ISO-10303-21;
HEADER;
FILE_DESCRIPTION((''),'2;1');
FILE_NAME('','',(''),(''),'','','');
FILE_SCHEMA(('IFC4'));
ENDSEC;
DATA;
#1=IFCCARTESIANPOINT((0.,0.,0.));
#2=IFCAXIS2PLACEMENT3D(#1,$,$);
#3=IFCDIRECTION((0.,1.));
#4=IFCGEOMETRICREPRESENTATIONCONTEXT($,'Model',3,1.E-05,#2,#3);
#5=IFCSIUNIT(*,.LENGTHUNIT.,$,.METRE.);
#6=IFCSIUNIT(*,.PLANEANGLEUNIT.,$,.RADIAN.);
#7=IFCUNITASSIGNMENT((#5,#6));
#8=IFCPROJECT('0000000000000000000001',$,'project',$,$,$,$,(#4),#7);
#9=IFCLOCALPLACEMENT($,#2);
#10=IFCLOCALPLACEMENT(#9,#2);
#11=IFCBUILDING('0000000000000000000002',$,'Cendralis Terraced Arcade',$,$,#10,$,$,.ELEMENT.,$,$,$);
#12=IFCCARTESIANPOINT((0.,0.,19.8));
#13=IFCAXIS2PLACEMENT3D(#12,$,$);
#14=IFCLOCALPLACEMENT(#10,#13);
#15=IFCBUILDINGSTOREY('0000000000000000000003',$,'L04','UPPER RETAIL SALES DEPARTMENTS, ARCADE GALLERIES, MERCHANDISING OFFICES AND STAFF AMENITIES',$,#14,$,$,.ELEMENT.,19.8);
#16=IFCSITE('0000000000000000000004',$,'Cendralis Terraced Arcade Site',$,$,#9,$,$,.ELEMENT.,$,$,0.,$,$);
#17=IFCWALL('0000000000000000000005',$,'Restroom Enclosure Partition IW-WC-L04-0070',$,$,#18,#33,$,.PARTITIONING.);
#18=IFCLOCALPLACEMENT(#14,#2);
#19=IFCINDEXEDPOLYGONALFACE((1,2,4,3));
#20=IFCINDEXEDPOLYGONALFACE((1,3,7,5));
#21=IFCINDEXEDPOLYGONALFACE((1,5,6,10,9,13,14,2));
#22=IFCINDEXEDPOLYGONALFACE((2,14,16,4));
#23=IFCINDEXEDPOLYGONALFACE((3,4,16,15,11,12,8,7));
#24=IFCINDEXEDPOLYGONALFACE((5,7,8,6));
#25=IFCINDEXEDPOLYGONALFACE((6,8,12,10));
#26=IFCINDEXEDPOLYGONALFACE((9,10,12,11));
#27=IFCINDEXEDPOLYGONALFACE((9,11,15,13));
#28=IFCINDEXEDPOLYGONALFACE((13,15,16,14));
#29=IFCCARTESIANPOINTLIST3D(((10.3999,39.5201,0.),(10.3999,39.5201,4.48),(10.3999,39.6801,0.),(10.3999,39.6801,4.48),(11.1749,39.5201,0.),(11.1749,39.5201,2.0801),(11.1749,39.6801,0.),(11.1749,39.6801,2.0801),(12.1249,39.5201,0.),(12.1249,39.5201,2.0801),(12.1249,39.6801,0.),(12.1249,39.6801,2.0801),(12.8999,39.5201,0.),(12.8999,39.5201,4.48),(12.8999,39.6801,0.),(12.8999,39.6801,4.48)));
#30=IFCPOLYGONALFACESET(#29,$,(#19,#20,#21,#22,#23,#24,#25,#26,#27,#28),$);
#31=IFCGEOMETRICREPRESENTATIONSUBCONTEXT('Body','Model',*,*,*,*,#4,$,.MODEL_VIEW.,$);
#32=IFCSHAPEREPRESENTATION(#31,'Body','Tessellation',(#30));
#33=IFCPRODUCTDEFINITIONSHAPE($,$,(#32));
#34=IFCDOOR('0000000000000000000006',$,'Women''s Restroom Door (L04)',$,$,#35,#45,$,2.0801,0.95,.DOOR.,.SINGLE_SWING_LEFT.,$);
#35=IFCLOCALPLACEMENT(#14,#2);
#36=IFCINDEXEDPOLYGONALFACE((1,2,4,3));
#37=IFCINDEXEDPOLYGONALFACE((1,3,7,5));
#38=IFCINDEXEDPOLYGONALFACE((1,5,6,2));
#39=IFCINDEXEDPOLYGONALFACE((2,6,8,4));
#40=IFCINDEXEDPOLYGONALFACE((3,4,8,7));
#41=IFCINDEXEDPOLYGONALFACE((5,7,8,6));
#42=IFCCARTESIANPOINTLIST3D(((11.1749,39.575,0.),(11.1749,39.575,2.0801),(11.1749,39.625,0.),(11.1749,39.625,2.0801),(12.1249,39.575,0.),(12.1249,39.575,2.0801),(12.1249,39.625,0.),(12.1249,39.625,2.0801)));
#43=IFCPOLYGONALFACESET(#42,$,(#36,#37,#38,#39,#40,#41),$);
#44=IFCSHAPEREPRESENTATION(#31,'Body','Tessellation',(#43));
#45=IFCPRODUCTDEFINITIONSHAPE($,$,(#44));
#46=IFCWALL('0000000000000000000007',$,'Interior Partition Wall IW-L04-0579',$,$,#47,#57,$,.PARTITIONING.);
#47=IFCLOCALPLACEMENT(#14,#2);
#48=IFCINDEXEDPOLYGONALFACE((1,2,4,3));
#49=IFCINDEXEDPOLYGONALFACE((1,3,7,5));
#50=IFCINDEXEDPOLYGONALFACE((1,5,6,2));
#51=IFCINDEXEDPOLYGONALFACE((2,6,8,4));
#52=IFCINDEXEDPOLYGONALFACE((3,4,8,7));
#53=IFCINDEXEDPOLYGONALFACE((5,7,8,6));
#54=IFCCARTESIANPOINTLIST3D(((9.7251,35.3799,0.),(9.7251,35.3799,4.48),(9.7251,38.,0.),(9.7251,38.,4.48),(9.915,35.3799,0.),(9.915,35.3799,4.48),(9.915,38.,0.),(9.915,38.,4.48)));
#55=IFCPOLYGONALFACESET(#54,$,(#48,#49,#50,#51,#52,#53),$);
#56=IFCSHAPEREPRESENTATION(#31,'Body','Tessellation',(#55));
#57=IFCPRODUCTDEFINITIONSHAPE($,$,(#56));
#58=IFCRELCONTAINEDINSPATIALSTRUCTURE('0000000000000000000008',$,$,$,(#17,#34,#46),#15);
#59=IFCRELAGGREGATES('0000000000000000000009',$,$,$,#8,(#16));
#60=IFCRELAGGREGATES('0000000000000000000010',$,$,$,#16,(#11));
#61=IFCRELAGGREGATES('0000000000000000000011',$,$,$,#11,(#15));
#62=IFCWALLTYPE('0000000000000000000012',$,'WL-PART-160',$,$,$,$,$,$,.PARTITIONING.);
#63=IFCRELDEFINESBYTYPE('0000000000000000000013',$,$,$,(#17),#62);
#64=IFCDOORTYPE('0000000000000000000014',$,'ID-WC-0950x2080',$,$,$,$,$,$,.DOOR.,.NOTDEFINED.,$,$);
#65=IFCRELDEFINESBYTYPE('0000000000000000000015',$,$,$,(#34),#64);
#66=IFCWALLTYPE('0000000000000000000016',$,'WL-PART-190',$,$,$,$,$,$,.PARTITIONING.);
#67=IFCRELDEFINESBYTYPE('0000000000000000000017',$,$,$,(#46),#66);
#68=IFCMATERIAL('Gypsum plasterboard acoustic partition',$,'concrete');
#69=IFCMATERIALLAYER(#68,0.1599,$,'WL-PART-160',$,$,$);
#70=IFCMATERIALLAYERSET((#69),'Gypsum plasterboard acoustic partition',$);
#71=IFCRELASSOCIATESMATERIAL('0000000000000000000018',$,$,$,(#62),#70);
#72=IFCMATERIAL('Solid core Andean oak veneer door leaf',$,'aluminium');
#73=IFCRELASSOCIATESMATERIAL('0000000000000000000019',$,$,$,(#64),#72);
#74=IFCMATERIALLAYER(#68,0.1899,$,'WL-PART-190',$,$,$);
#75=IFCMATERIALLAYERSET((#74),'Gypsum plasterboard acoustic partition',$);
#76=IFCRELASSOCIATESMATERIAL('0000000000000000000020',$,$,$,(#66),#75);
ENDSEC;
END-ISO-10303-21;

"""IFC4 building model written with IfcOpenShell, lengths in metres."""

from ifc_helpers import new_model, si_unit, direction, frame, frame_2d, origin, place, context, subcontext, project, spatial, rectangle, extrude, material, layer, layer_set, type_object, element, fill, save


model = new_model("IFC4")

# Units and contexts
model_context = context("Model", 3, precision=1e-05, world=origin(), true_north=direction((0.0, 1.0)))
body_context = subcontext(model_context, "Body", "Model", "MODEL_VIEW")
ifc_project = project(units=[si_unit("LENGTHUNIT", "METRE"), si_unit("PLANEANGLEUNIT", "RADIAN")], contexts=[model_context])

# Site, building, storey
site_placement = place(None, origin())
site = spatial("IfcSite", under=ifc_project, at=site_placement, Name="Cendralis Terraced Arcade Site", CompositionType="ELEMENT", RefElevation=0.0)
building_placement = place(site_placement, origin())
building = spatial("IfcBuilding", under=site, at=building_placement, Name="Cendralis Terraced Arcade", CompositionType="ELEMENT")
storey_placement = place(building_placement, frame((0.0, 0.0, 19.8)))
storey = spatial("IfcBuildingStorey", under=building, at=storey_placement, Name="L04", Description="UPPER RETAIL SALES DEPARTMENTS, ARCADE GALLERIES, MERCHANDISING OFFICES AND STAFF AMENITIES", CompositionType="ELEMENT", Elevation=19.8)

# Shared definitions
ifc_material_1 = material(Name="Gypsum plasterboard acoustic partition", Category="concrete")
ifc_layer_1 = layer(ifc_material_1, 0.1599, Name="WL-PART-160")
ifc_layer_set_1 = layer_set([ifc_layer_1], Name="Gypsum plasterboard acoustic partition")
wall_type_1 = type_object("IfcWallType", Name="WL-PART-160", PredefinedType="PARTITIONING", material=ifc_layer_set_1)

# Wall, opening, door
wall_1_placement = place(storey_placement, frame((10.3999, 39.6001, 0.0), z_axis=(0.0, 0.0, 1.0), x_axis=(1.0, 0.0, 0.0)))
wall_1 = element("IfcWall", 1, at=wall_1_placement, inside=storey, type_object=wall_type_1, Name="Restroom Enclosure Partition IW-WC-L04-0070", PredefinedType="PARTITIONING", context=body_context, shape_type="SweptSolid", body=[
    extrude(rectangle(XDim=2.5, YDim=0.1599, at=frame_2d((1.25, 0.0))), origin(), (0.0, 0.0, 1.0), 4.48),
])
opening_placement = place(wall_1_placement, frame((0.7749, 0.0, 0.0)))
opening = element("IfcOpeningElement", 2, at=opening_placement, cuts=wall_1, PredefinedType="OPENING", context=body_context, shape_type="SweptSolid", body=[
    extrude(rectangle(XDim=0.95, YDim=2.0801, at=frame_2d((0.4751, 1.04))), frame((0.0, 0.0918, 0.0), z_axis=(0.0, -1.0, 0.0), x_axis=(1.0, 0.0, 0.0)), (0.0, 0.0, 1.0), 0.1838),
])
ifc_material_2 = material(Name="Solid core Andean oak veneer door leaf", Category="aluminium")
door_type = type_object("IfcDoorType", Name="ID-WC-0950x2080", OperationType="NOTDEFINED", PredefinedType="DOOR", material=ifc_material_2)
door_placement = place(opening_placement, origin())
door = element("IfcDoor", 3, at=door_placement, inside=storey, type_object=door_type, Name="Women's Restroom Door (L04)", OperationType="SINGLE_SWING_LEFT", OverallHeight=2.0801, OverallWidth=0.95, PredefinedType="DOOR", context=body_context, shape_type="SweptSolid", body=[
    extrude(rectangle(XDim=0.95, YDim=2.0801, at=frame_2d((0.4751, 1.04))), frame((0.0, 0.0249, 0.0), z_axis=(0.0, -1.0, 0.0), x_axis=(1.0, 0.0, 0.0)), (0.0, 0.0, 1.0), 0.05),
])
fill(opening, door)

# Wall
ifc_layer_2 = layer(ifc_material_1, 0.1899, Name="WL-PART-190")
ifc_layer_set_2 = layer_set([ifc_layer_2], Name="Gypsum plasterboard acoustic partition")
wall_type_2 = type_object("IfcWallType", Name="WL-PART-190", PredefinedType="PARTITIONING", material=ifc_layer_set_2)
wall_2_placement = place(storey_placement, frame((9.8201, 38.0, 0.0), z_axis=(0.0, 0.0, 1.0), x_axis=(0.0, -1.0, 0.0)))
element("IfcWall", 4, at=wall_2_placement, inside=storey, type_object=wall_type_2, Name="Interior Partition Wall IW-L04-0579", PredefinedType="PARTITIONING", context=body_context, shape_type="SweptSolid", body=[
    extrude(rectangle(XDim=2.6201, YDim=0.1899, at=frame_2d((1.3101, 0.0))), origin(), (0.0, 0.0, 1.0), 4.48),
])

save(model, "model.ifc")
